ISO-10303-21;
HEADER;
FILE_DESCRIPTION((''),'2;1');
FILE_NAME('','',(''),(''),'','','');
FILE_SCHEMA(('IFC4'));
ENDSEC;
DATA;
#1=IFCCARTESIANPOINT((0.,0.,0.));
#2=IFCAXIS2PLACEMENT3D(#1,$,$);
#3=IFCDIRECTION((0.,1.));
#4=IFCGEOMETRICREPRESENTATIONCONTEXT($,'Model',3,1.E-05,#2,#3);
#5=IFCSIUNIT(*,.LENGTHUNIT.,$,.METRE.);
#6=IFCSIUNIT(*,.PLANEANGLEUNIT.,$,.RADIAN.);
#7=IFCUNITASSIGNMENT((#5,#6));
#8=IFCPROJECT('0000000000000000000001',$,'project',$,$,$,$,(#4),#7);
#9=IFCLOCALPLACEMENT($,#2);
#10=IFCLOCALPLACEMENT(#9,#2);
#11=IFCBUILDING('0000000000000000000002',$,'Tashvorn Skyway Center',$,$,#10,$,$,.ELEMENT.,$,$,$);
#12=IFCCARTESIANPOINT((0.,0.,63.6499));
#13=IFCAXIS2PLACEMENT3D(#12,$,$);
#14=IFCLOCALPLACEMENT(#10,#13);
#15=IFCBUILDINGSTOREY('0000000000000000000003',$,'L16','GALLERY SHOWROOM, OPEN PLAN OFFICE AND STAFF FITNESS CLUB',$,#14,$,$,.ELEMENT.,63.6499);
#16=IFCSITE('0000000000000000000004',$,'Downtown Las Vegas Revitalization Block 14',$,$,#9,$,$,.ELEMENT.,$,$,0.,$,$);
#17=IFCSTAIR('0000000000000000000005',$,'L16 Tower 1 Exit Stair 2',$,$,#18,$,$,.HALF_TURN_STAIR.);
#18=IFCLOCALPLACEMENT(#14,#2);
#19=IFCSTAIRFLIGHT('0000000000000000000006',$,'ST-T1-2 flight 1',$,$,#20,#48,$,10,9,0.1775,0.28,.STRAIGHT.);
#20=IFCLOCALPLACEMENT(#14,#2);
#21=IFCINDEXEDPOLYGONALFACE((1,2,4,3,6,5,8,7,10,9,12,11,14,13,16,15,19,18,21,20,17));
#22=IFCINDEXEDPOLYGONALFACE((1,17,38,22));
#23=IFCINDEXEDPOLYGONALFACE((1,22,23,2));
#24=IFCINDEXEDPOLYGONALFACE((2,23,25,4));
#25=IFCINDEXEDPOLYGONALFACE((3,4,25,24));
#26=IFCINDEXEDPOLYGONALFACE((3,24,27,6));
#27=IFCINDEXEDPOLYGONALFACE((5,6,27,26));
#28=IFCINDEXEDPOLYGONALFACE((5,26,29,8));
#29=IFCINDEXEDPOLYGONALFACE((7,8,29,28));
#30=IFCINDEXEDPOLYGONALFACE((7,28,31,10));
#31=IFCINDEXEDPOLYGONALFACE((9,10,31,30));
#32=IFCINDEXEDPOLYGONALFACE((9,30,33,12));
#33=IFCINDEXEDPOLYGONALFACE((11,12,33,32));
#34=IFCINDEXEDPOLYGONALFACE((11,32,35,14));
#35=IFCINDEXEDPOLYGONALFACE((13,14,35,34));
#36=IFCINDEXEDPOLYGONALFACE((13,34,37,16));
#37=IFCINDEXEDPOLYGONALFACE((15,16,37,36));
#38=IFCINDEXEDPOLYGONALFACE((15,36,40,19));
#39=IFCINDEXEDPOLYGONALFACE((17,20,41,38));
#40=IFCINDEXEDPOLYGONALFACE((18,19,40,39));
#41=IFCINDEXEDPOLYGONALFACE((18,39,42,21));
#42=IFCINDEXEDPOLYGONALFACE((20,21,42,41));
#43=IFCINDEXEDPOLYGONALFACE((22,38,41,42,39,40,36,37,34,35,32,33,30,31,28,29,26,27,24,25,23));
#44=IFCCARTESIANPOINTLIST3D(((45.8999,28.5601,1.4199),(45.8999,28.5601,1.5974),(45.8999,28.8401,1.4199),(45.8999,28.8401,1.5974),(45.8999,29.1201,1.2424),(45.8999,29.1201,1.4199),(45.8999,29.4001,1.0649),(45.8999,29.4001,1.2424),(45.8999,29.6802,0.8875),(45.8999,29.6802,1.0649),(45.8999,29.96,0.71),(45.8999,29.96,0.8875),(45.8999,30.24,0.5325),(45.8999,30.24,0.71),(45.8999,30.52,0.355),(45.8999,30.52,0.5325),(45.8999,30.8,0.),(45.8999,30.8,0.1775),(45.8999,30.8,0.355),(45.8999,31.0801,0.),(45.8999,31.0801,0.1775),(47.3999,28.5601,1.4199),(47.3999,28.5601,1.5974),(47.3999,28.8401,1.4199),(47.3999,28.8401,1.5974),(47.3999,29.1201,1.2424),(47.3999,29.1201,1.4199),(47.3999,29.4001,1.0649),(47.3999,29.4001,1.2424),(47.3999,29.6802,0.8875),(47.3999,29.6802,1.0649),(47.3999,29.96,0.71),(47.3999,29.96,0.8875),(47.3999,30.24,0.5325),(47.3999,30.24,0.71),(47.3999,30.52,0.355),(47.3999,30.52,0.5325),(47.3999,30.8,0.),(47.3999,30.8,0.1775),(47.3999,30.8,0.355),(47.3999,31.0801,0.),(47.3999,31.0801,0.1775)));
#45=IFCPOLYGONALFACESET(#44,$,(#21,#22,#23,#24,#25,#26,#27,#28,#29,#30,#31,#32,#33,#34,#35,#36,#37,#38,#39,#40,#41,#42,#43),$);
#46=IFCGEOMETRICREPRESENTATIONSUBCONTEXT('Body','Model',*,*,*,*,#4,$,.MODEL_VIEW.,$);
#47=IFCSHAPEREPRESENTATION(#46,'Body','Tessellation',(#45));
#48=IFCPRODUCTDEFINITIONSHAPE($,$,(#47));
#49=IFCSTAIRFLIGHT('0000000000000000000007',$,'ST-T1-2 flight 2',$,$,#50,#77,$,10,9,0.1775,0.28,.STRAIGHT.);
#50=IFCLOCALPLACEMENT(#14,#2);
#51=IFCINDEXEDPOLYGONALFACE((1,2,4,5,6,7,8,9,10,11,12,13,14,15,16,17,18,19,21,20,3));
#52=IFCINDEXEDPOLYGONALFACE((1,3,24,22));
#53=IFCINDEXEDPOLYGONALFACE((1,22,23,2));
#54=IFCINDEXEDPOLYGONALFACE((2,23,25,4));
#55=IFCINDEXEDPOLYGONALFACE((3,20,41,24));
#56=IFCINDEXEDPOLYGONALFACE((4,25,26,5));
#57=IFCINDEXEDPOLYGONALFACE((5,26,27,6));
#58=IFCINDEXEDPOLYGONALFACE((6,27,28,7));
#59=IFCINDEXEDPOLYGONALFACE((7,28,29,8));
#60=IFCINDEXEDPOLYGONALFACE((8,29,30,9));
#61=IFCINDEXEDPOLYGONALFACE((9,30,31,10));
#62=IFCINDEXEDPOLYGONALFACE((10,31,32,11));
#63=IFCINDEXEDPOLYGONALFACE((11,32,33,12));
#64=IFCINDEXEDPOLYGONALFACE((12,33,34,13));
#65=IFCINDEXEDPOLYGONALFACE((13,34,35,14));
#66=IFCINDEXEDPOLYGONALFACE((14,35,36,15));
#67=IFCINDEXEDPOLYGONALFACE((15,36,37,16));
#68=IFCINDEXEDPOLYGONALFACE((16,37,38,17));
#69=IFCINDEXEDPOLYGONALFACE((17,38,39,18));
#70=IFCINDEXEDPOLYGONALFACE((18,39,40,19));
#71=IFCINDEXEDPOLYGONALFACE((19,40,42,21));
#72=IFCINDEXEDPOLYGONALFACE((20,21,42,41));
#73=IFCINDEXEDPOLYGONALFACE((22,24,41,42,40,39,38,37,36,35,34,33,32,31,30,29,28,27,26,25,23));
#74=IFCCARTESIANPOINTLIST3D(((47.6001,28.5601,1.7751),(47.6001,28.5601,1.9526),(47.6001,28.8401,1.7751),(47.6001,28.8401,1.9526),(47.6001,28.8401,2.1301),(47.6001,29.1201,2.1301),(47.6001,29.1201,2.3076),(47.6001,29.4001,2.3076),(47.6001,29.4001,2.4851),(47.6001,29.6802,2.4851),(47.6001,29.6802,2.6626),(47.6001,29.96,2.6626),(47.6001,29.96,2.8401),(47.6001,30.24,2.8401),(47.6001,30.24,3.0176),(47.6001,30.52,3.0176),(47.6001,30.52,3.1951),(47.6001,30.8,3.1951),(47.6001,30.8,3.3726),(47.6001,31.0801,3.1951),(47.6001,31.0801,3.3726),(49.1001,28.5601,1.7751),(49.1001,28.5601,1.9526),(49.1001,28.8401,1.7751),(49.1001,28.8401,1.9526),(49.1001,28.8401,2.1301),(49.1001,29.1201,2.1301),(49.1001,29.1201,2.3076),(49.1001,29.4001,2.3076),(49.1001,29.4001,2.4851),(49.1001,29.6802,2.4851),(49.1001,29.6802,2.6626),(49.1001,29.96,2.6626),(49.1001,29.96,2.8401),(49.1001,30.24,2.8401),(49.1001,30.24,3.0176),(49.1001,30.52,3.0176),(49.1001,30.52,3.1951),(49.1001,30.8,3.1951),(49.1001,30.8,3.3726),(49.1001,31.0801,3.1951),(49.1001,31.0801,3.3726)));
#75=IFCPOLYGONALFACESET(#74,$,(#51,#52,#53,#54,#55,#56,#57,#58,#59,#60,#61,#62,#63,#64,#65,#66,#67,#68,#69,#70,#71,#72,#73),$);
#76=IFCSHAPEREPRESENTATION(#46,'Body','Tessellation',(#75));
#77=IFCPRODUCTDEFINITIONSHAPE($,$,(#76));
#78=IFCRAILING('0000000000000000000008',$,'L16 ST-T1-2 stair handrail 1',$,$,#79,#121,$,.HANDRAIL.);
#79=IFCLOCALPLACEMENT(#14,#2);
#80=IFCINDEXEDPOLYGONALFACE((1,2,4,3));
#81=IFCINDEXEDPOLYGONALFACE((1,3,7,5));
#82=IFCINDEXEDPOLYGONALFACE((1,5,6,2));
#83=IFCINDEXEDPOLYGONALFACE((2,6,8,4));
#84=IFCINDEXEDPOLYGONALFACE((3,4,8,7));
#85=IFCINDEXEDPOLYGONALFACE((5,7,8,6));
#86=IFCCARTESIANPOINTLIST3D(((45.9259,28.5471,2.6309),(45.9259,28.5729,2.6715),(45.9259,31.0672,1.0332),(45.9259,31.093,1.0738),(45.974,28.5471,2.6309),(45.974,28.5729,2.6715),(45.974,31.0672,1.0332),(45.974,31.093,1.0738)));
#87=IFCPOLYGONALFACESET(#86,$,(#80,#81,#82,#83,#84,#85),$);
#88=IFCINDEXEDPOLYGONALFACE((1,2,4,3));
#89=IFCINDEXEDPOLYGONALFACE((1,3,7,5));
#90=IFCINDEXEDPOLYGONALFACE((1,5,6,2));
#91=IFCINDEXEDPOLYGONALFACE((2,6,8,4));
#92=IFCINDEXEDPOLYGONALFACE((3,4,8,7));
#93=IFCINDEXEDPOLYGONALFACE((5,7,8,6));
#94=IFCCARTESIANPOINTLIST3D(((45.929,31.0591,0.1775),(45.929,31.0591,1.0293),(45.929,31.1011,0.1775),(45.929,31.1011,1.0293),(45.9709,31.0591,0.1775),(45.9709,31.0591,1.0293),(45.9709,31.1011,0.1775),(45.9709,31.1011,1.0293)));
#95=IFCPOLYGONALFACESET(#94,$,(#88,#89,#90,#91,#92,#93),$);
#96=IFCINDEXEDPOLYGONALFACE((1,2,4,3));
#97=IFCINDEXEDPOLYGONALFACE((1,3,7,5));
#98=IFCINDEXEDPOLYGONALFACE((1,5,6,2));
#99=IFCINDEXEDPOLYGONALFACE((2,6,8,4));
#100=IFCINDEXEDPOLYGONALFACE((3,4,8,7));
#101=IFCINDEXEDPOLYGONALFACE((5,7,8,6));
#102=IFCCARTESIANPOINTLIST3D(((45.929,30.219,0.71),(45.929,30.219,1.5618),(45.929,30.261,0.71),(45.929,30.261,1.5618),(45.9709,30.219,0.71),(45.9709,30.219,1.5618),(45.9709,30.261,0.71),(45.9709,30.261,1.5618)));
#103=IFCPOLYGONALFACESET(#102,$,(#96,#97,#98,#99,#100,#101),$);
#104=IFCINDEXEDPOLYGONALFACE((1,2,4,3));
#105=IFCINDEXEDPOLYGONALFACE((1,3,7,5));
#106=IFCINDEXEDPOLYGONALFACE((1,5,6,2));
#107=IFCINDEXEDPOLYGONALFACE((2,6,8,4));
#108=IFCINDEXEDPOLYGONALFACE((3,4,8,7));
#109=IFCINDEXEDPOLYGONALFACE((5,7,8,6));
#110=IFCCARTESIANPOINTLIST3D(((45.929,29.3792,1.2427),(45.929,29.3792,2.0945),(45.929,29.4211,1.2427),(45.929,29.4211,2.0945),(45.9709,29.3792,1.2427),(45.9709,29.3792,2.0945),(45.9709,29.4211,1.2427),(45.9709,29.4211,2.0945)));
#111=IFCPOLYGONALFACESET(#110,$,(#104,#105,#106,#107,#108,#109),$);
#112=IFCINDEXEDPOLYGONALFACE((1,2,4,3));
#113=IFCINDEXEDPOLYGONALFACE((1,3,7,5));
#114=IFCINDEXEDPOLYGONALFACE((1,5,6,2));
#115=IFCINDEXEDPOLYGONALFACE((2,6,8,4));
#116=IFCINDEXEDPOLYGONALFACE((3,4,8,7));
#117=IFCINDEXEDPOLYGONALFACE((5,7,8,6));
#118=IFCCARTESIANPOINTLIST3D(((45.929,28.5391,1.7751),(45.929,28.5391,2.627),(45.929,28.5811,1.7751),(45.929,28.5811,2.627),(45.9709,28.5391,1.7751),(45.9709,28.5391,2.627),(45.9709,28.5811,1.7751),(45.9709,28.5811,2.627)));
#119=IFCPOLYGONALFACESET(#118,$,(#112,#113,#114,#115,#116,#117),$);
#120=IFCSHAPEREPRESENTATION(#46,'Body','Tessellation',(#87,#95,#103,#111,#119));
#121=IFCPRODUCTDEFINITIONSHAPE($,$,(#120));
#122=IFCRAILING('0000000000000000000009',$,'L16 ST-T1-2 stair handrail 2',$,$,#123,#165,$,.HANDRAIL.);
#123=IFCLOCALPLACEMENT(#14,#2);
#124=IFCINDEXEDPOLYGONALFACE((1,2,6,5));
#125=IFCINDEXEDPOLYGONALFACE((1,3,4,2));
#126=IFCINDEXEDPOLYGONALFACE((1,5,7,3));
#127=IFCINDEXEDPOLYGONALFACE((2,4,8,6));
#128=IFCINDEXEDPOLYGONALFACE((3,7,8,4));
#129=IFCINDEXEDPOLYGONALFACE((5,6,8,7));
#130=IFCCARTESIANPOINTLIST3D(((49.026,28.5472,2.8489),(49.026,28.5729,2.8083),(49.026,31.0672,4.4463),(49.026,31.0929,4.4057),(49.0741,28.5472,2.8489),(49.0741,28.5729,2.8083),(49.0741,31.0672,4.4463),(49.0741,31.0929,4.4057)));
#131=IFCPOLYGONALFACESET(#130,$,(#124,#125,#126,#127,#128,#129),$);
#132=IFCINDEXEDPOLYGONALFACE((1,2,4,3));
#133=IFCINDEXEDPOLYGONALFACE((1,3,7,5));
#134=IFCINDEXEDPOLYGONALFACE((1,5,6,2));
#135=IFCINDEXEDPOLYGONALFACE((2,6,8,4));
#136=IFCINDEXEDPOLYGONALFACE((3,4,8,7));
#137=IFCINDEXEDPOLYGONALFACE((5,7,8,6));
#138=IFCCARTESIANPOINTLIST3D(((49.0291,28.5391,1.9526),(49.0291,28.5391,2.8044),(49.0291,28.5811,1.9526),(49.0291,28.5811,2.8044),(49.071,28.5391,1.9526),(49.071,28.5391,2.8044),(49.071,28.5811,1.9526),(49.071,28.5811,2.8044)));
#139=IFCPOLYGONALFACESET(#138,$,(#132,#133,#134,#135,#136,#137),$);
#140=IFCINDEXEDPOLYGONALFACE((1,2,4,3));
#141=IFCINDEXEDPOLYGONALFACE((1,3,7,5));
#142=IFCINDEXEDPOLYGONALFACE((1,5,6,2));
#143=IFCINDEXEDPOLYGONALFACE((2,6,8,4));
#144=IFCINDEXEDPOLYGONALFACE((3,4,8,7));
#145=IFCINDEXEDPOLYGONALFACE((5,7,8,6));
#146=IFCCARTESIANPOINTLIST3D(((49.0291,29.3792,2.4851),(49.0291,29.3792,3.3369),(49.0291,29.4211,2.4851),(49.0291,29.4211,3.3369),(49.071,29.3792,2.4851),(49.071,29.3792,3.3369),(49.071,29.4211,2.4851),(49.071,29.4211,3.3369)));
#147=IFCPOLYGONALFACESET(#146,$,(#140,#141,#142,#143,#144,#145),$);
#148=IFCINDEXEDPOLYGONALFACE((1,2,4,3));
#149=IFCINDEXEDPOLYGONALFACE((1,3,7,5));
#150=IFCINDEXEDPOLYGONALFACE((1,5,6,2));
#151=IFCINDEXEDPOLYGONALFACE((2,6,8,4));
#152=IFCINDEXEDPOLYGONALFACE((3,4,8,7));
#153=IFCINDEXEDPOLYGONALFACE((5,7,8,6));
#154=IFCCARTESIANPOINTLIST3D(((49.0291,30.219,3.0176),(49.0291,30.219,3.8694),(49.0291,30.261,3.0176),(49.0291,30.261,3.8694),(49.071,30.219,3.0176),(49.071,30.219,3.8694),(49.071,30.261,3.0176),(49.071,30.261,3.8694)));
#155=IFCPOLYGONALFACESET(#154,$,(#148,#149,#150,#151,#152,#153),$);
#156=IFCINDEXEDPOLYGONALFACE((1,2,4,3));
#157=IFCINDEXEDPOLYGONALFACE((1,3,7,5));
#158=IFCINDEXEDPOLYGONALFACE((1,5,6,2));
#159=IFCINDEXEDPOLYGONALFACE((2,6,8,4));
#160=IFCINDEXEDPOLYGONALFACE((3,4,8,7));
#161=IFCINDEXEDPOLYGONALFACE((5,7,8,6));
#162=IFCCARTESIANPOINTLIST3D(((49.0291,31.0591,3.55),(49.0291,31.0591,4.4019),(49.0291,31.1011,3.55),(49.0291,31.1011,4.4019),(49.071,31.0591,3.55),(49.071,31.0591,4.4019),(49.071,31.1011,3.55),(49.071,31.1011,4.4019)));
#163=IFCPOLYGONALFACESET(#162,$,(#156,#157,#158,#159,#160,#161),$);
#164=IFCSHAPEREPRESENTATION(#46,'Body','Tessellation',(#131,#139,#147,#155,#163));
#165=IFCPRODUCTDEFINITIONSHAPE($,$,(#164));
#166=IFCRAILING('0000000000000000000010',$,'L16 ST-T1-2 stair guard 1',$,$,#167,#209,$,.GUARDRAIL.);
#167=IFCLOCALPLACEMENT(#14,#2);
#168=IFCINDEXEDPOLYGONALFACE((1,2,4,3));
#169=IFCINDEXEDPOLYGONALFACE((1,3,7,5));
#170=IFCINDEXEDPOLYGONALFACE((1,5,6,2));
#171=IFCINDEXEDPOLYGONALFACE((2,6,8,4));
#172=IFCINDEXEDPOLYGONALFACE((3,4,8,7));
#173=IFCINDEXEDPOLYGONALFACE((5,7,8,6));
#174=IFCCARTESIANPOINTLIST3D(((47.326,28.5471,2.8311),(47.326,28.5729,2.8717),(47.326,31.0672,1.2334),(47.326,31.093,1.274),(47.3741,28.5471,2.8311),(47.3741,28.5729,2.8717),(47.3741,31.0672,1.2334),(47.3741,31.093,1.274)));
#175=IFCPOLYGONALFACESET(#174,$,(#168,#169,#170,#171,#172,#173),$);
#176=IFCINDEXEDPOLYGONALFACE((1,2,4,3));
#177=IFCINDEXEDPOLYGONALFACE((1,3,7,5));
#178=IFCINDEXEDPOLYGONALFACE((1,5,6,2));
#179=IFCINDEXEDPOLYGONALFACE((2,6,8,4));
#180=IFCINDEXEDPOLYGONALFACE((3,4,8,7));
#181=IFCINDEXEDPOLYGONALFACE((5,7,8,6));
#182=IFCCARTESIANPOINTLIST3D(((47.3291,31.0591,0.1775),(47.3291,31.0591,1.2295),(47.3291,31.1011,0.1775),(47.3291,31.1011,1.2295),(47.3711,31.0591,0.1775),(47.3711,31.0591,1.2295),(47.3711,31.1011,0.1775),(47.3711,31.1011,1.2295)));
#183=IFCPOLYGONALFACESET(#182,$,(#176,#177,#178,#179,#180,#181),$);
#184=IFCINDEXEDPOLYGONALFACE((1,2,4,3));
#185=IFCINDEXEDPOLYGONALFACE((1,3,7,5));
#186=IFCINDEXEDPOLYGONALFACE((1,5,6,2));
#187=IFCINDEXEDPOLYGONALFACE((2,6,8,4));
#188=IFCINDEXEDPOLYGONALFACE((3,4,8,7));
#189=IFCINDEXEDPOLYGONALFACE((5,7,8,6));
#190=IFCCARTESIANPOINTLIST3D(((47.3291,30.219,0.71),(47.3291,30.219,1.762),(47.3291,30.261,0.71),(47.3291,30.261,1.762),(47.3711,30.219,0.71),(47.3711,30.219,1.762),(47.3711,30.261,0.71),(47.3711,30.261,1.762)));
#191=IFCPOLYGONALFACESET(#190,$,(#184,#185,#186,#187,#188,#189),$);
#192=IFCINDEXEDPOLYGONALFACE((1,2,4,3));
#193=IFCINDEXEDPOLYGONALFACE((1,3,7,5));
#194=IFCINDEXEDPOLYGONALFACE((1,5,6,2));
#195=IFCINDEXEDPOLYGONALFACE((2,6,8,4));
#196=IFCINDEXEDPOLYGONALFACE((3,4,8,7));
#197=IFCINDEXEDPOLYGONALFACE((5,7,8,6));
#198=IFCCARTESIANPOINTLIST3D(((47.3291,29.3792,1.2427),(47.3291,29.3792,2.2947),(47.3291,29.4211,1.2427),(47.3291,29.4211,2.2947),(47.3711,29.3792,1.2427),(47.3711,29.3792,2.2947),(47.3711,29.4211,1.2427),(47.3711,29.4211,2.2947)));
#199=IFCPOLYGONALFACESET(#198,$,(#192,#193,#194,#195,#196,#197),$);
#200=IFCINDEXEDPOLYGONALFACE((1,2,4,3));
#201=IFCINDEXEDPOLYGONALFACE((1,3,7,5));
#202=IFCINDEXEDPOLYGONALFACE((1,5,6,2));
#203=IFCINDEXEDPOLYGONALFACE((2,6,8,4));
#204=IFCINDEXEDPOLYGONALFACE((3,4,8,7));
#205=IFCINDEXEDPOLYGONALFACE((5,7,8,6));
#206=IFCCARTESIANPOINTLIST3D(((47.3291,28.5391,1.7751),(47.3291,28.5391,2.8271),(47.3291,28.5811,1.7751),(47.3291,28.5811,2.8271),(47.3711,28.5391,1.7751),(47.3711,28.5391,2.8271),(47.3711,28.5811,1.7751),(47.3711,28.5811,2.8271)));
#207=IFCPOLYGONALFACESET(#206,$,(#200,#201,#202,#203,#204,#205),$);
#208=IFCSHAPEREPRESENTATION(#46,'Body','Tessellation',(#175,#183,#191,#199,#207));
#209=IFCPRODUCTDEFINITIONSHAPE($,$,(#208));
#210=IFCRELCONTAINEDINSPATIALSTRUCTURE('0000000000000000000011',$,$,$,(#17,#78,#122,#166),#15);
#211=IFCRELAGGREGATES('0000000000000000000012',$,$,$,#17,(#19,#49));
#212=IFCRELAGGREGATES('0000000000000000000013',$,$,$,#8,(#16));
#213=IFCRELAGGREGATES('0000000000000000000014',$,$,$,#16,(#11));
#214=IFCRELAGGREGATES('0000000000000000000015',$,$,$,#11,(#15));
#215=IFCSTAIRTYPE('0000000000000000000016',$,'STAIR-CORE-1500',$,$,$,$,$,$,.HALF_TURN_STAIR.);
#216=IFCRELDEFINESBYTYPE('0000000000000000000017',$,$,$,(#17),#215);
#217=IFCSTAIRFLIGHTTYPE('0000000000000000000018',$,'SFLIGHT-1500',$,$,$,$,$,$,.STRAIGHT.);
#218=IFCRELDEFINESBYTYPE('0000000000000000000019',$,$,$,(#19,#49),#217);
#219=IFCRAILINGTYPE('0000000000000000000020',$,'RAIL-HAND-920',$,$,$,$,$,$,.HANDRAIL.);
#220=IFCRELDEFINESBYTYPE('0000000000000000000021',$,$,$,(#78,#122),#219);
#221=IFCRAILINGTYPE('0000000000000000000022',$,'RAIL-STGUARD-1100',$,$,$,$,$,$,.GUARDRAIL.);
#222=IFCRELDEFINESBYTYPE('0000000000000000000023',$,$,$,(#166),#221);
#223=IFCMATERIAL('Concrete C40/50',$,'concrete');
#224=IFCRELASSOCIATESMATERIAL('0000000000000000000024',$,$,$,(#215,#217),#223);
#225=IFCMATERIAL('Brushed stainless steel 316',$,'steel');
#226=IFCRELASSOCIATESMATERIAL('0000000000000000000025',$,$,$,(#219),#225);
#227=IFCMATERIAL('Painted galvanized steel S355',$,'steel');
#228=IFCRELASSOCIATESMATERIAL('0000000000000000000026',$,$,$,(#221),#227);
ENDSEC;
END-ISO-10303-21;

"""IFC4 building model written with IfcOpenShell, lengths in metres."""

from ifc_helpers import new_model, si_unit, direction, frame, origin, origin_2d, place, context, subcontext, project, spatial, polyline, rectangle, outline, extrude, material, type_object, element, aggregate, save


model = new_model("IFC4")

# Units and contexts
model_context = context("Model", 3, precision=1e-05, world=origin(), true_north=direction((0.0, 1.0)))
body_context = subcontext(model_context, "Body", "Model", "MODEL_VIEW")
ifc_project = project(units=[si_unit("LENGTHUNIT", "METRE"), si_unit("PLANEANGLEUNIT", "RADIAN")], contexts=[model_context])

# Site, building, storey
site_placement = place(None, origin())
site = spatial("IfcSite", under=ifc_project, at=site_placement, Name="Downtown Las Vegas Revitalization Block 14", CompositionType="ELEMENT", RefElevation=0.0)
building_placement = place(site_placement, origin())
building = spatial("IfcBuilding", under=site, at=building_placement, Name="Tashvorn Skyway Center", CompositionType="ELEMENT")
storey_placement = place(building_placement, frame((0.0, 0.0, 63.6499)))
storey = spatial("IfcBuildingStorey", under=building, at=storey_placement, Name="L16", Description="GALLERY SHOWROOM, OPEN PLAN OFFICE AND STAFF FITNESS CLUB", CompositionType="ELEMENT", Elevation=63.6499)

# Shared definitions
ifc_material_1 = material(Name="Concrete C40/50", Category="concrete")

# Stair, stair flights
stair_type = type_object("IfcStairType", Name="STAIR-CORE-1500", PredefinedType="HALF_TURN_STAIR", material=ifc_material_1)
stair_placement = place(storey_placement, origin())
stair = element("IfcStair", 1, at=stair_placement, inside=storey, type_object=stair_type, Name="L16 Tower 1 Exit Stair 2", PredefinedType="HALF_TURN_STAIR")
stair_flight_type = type_object("IfcStairFlightType", Name="SFLIGHT-1500", PredefinedType="STRAIGHT", material=ifc_material_1)
stair_flight_1_placement = place(storey_placement, frame((46.6499, 31.0801, 0.0), z_axis=(0.0, 0.0, 1.0), x_axis=(0.0, -1.0, 0.0)))
stair_flight_1 = element("IfcStairFlight", 2, at=stair_flight_1_placement, type_object=stair_flight_type, Name="ST-T1-2 flight 1", NumberOfRisers=10, NumberOfTreads=9, PredefinedType="STRAIGHT", RiserHeight=0.1775, TreadLength=0.28, context=body_context, shape_type="SweptSolid", body=[
    extrude(outline(polyline([(0.0, 0.0), (0.0, 0.1775), (0.28, 0.1775), (0.28, 0.355), (0.5601, 0.355), (0.5601, 0.5325), (0.8401, 0.5325), (0.8401, 0.71), (1.1201, 0.71), (1.1201, 0.8875), (1.3999, 0.8875), (1.3999, 1.0649), (1.6799, 1.0649), (1.6799, 1.2424), (1.96, 1.2424), (1.96, 1.4199), (2.24, 1.4199), (2.24, 1.5974), (2.52, 1.5974), (2.52, 1.7749), (2.52, 1.4199), (0.28, 0.0), (0.0, 0.0)])), frame((0.0, 0.75, 0.0), z_axis=(0.0, -1.0, 0.0), x_axis=(1.0, 0.0, 0.0)), (0.0, 0.0, 1.0), 1.5),
])
stair_flight_2_placement = place(storey_placement, frame((48.3501, 28.5601, 1.7751), z_axis=(0.0, 0.0, 1.0), x_axis=(0.0, 1.0, 0.0)))
stair_flight_2 = element("IfcStairFlight", 3, at=stair_flight_2_placement, type_object=stair_flight_type, Name="ST-T1-2 flight 2", NumberOfRisers=10, NumberOfTreads=9, PredefinedType="STRAIGHT", RiserHeight=0.1775, TreadLength=0.28, context=body_context, shape_type="SweptSolid", body=[
    extrude(outline(polyline([(0.0, 0.0), (0.0, 0.1775), (0.28, 0.1775), (0.28, 0.355), (0.5601, 0.355), (0.5601, 0.5325), (0.8401, 0.5325), (0.8401, 0.71), (1.1201, 0.71), (1.1201, 0.8875), (1.3999, 0.8875), (1.3999, 1.0649), (1.6799, 1.0649), (1.6799, 1.2424), (1.96, 1.2424), (1.96, 1.4199), (2.24, 1.4199), (2.24, 1.5974), (2.52, 1.5974), (2.52, 1.7749), (2.52, 1.4199), (0.28, 0.0), (0.0, 0.0)])), frame((0.0, 0.75, 0.0), z_axis=(0.0, -1.0, 0.0), x_axis=(1.0, 0.0, 0.0)), (0.0, 0.0, 1.0), 1.5),
])
aggregate(stair, [stair_flight_1, stair_flight_2])

# Railings
ifc_material_2 = material(Name="Brushed stainless steel 316", Category="steel")
railing_type_1 = type_object("IfcRailingType", Name="RAIL-HAND-920", PredefinedType="HANDRAIL", material=ifc_material_2)
railing_1_placement = place(storey_placement, frame((45.95, 31.0801, 0.1775)))
element("IfcRailing", 4, at=railing_1_placement, inside=storey, type_object=railing_type_1, Name="L16 ST-T1-2 stair handrail 1", PredefinedType="HANDRAIL", context=body_context, shape_type="SweptSolid", body=[
    extrude(rectangle(XDim=0.0481, YDim=0.0481, at=origin_2d()), frame((0.0, 0.0, 0.876), z_axis=(0.0, -0.84457, 0.535445), x_axis=(1.0, 0.0, 0.0)), (0.0, 0.0, 1.0), 2.9839),
    extrude(rectangle(XDim=0.042, YDim=0.042, at=origin_2d()), origin(), (0.0, 0.0, 1.0), 0.8518),
    extrude(rectangle(XDim=0.042, YDim=0.042, at=origin_2d()), frame((0.0, -0.8401, 0.5325)), (0.0, 0.0, 1.0), 0.8518),
    extrude(rectangle(XDim=0.042, YDim=0.042, at=origin_2d()), frame((0.0, -1.6799, 1.0652)), (0.0, 0.0, 1.0), 0.8518),
    extrude(rectangle(XDim=0.042, YDim=0.042, at=origin_2d()), frame((0.0, -2.52, 1.5977)), (0.0, 0.0, 1.0), 0.8518),
])
railing_2_placement = place(storey_placement, frame((49.05, 28.5601, 1.9526)))
element("IfcRailing", 5, at=railing_2_placement, inside=storey, type_object=railing_type_1, Name="L16 ST-T1-2 stair handrail 2", PredefinedType="HANDRAIL", context=body_context, shape_type="SweptSolid", body=[
    extrude(rectangle(XDim=0.0481, YDim=0.0481, at=origin_2d()), frame((0.0, 0.0, 0.876), z_axis=(0.0, 0.844607, 0.535387), x_axis=(-1.0, 0.0, 0.0)), (0.0, 0.0, 1.0), 2.9836),
    extrude(rectangle(XDim=0.042, YDim=0.042, at=origin_2d()), origin(), (0.0, 0.0, 1.0), 0.8518),
    extrude(rectangle(XDim=0.042, YDim=0.042, at=origin_2d()), frame((0.0, 0.8401, 0.5325)), (0.0, 0.0, 1.0), 0.8518),
    extrude(rectangle(XDim=0.042, YDim=0.042, at=origin_2d()), frame((0.0, 1.6799, 1.0649)), (0.0, 0.0, 1.0), 0.8518),
    extrude(rectangle(XDim=0.042, YDim=0.042, at=origin_2d()), frame((0.0, 2.52, 1.5974)), (0.0, 0.0, 1.0), 0.8518),
])
ifc_material_3 = material(Name="Painted galvanized steel S355", Category="steel")
railing_type_2 = type_object("IfcRailingType", Name="RAIL-STGUARD-1100", PredefinedType="GUARDRAIL", material=ifc_material_3)
railing_3_placement = place(storey_placement, frame((47.3501, 31.0801, 0.1775)))
element("IfcRailing", 6, at=railing_3_placement, inside=storey, type_object=railing_type_2, Name="L16 ST-T1-2 stair guard 1", PredefinedType="GUARDRAIL", context=body_context, shape_type="SweptSolid", body=[
    extrude(rectangle(XDim=0.0481, YDim=0.0481, at=origin_2d()), frame((0.0, 0.0, 1.0762), z_axis=(0.0, -0.84457, 0.535445), x_axis=(1.0, 0.0, 0.0)), (0.0, 0.0, 1.0), 2.9839),
    extrude(rectangle(XDim=0.042, YDim=0.042, at=origin_2d()), origin(), (0.0, 0.0, 1.0), 1.052),
    extrude(rectangle(XDim=0.042, YDim=0.042, at=origin_2d()), frame((0.0, -0.8401, 0.5325)), (0.0, 0.0, 1.0), 1.052),
    extrude(rectangle(XDim=0.042, YDim=0.042, at=origin_2d()), frame((0.0, -1.6799, 1.0652)), (0.0, 0.0, 1.0), 1.052),
    extrude(rectangle(XDim=0.042, YDim=0.042, at=origin_2d()), frame((0.0, -2.52, 1.5977)), (0.0, 0.0, 1.0), 1.052),
])

save(model, "model.ifc")
